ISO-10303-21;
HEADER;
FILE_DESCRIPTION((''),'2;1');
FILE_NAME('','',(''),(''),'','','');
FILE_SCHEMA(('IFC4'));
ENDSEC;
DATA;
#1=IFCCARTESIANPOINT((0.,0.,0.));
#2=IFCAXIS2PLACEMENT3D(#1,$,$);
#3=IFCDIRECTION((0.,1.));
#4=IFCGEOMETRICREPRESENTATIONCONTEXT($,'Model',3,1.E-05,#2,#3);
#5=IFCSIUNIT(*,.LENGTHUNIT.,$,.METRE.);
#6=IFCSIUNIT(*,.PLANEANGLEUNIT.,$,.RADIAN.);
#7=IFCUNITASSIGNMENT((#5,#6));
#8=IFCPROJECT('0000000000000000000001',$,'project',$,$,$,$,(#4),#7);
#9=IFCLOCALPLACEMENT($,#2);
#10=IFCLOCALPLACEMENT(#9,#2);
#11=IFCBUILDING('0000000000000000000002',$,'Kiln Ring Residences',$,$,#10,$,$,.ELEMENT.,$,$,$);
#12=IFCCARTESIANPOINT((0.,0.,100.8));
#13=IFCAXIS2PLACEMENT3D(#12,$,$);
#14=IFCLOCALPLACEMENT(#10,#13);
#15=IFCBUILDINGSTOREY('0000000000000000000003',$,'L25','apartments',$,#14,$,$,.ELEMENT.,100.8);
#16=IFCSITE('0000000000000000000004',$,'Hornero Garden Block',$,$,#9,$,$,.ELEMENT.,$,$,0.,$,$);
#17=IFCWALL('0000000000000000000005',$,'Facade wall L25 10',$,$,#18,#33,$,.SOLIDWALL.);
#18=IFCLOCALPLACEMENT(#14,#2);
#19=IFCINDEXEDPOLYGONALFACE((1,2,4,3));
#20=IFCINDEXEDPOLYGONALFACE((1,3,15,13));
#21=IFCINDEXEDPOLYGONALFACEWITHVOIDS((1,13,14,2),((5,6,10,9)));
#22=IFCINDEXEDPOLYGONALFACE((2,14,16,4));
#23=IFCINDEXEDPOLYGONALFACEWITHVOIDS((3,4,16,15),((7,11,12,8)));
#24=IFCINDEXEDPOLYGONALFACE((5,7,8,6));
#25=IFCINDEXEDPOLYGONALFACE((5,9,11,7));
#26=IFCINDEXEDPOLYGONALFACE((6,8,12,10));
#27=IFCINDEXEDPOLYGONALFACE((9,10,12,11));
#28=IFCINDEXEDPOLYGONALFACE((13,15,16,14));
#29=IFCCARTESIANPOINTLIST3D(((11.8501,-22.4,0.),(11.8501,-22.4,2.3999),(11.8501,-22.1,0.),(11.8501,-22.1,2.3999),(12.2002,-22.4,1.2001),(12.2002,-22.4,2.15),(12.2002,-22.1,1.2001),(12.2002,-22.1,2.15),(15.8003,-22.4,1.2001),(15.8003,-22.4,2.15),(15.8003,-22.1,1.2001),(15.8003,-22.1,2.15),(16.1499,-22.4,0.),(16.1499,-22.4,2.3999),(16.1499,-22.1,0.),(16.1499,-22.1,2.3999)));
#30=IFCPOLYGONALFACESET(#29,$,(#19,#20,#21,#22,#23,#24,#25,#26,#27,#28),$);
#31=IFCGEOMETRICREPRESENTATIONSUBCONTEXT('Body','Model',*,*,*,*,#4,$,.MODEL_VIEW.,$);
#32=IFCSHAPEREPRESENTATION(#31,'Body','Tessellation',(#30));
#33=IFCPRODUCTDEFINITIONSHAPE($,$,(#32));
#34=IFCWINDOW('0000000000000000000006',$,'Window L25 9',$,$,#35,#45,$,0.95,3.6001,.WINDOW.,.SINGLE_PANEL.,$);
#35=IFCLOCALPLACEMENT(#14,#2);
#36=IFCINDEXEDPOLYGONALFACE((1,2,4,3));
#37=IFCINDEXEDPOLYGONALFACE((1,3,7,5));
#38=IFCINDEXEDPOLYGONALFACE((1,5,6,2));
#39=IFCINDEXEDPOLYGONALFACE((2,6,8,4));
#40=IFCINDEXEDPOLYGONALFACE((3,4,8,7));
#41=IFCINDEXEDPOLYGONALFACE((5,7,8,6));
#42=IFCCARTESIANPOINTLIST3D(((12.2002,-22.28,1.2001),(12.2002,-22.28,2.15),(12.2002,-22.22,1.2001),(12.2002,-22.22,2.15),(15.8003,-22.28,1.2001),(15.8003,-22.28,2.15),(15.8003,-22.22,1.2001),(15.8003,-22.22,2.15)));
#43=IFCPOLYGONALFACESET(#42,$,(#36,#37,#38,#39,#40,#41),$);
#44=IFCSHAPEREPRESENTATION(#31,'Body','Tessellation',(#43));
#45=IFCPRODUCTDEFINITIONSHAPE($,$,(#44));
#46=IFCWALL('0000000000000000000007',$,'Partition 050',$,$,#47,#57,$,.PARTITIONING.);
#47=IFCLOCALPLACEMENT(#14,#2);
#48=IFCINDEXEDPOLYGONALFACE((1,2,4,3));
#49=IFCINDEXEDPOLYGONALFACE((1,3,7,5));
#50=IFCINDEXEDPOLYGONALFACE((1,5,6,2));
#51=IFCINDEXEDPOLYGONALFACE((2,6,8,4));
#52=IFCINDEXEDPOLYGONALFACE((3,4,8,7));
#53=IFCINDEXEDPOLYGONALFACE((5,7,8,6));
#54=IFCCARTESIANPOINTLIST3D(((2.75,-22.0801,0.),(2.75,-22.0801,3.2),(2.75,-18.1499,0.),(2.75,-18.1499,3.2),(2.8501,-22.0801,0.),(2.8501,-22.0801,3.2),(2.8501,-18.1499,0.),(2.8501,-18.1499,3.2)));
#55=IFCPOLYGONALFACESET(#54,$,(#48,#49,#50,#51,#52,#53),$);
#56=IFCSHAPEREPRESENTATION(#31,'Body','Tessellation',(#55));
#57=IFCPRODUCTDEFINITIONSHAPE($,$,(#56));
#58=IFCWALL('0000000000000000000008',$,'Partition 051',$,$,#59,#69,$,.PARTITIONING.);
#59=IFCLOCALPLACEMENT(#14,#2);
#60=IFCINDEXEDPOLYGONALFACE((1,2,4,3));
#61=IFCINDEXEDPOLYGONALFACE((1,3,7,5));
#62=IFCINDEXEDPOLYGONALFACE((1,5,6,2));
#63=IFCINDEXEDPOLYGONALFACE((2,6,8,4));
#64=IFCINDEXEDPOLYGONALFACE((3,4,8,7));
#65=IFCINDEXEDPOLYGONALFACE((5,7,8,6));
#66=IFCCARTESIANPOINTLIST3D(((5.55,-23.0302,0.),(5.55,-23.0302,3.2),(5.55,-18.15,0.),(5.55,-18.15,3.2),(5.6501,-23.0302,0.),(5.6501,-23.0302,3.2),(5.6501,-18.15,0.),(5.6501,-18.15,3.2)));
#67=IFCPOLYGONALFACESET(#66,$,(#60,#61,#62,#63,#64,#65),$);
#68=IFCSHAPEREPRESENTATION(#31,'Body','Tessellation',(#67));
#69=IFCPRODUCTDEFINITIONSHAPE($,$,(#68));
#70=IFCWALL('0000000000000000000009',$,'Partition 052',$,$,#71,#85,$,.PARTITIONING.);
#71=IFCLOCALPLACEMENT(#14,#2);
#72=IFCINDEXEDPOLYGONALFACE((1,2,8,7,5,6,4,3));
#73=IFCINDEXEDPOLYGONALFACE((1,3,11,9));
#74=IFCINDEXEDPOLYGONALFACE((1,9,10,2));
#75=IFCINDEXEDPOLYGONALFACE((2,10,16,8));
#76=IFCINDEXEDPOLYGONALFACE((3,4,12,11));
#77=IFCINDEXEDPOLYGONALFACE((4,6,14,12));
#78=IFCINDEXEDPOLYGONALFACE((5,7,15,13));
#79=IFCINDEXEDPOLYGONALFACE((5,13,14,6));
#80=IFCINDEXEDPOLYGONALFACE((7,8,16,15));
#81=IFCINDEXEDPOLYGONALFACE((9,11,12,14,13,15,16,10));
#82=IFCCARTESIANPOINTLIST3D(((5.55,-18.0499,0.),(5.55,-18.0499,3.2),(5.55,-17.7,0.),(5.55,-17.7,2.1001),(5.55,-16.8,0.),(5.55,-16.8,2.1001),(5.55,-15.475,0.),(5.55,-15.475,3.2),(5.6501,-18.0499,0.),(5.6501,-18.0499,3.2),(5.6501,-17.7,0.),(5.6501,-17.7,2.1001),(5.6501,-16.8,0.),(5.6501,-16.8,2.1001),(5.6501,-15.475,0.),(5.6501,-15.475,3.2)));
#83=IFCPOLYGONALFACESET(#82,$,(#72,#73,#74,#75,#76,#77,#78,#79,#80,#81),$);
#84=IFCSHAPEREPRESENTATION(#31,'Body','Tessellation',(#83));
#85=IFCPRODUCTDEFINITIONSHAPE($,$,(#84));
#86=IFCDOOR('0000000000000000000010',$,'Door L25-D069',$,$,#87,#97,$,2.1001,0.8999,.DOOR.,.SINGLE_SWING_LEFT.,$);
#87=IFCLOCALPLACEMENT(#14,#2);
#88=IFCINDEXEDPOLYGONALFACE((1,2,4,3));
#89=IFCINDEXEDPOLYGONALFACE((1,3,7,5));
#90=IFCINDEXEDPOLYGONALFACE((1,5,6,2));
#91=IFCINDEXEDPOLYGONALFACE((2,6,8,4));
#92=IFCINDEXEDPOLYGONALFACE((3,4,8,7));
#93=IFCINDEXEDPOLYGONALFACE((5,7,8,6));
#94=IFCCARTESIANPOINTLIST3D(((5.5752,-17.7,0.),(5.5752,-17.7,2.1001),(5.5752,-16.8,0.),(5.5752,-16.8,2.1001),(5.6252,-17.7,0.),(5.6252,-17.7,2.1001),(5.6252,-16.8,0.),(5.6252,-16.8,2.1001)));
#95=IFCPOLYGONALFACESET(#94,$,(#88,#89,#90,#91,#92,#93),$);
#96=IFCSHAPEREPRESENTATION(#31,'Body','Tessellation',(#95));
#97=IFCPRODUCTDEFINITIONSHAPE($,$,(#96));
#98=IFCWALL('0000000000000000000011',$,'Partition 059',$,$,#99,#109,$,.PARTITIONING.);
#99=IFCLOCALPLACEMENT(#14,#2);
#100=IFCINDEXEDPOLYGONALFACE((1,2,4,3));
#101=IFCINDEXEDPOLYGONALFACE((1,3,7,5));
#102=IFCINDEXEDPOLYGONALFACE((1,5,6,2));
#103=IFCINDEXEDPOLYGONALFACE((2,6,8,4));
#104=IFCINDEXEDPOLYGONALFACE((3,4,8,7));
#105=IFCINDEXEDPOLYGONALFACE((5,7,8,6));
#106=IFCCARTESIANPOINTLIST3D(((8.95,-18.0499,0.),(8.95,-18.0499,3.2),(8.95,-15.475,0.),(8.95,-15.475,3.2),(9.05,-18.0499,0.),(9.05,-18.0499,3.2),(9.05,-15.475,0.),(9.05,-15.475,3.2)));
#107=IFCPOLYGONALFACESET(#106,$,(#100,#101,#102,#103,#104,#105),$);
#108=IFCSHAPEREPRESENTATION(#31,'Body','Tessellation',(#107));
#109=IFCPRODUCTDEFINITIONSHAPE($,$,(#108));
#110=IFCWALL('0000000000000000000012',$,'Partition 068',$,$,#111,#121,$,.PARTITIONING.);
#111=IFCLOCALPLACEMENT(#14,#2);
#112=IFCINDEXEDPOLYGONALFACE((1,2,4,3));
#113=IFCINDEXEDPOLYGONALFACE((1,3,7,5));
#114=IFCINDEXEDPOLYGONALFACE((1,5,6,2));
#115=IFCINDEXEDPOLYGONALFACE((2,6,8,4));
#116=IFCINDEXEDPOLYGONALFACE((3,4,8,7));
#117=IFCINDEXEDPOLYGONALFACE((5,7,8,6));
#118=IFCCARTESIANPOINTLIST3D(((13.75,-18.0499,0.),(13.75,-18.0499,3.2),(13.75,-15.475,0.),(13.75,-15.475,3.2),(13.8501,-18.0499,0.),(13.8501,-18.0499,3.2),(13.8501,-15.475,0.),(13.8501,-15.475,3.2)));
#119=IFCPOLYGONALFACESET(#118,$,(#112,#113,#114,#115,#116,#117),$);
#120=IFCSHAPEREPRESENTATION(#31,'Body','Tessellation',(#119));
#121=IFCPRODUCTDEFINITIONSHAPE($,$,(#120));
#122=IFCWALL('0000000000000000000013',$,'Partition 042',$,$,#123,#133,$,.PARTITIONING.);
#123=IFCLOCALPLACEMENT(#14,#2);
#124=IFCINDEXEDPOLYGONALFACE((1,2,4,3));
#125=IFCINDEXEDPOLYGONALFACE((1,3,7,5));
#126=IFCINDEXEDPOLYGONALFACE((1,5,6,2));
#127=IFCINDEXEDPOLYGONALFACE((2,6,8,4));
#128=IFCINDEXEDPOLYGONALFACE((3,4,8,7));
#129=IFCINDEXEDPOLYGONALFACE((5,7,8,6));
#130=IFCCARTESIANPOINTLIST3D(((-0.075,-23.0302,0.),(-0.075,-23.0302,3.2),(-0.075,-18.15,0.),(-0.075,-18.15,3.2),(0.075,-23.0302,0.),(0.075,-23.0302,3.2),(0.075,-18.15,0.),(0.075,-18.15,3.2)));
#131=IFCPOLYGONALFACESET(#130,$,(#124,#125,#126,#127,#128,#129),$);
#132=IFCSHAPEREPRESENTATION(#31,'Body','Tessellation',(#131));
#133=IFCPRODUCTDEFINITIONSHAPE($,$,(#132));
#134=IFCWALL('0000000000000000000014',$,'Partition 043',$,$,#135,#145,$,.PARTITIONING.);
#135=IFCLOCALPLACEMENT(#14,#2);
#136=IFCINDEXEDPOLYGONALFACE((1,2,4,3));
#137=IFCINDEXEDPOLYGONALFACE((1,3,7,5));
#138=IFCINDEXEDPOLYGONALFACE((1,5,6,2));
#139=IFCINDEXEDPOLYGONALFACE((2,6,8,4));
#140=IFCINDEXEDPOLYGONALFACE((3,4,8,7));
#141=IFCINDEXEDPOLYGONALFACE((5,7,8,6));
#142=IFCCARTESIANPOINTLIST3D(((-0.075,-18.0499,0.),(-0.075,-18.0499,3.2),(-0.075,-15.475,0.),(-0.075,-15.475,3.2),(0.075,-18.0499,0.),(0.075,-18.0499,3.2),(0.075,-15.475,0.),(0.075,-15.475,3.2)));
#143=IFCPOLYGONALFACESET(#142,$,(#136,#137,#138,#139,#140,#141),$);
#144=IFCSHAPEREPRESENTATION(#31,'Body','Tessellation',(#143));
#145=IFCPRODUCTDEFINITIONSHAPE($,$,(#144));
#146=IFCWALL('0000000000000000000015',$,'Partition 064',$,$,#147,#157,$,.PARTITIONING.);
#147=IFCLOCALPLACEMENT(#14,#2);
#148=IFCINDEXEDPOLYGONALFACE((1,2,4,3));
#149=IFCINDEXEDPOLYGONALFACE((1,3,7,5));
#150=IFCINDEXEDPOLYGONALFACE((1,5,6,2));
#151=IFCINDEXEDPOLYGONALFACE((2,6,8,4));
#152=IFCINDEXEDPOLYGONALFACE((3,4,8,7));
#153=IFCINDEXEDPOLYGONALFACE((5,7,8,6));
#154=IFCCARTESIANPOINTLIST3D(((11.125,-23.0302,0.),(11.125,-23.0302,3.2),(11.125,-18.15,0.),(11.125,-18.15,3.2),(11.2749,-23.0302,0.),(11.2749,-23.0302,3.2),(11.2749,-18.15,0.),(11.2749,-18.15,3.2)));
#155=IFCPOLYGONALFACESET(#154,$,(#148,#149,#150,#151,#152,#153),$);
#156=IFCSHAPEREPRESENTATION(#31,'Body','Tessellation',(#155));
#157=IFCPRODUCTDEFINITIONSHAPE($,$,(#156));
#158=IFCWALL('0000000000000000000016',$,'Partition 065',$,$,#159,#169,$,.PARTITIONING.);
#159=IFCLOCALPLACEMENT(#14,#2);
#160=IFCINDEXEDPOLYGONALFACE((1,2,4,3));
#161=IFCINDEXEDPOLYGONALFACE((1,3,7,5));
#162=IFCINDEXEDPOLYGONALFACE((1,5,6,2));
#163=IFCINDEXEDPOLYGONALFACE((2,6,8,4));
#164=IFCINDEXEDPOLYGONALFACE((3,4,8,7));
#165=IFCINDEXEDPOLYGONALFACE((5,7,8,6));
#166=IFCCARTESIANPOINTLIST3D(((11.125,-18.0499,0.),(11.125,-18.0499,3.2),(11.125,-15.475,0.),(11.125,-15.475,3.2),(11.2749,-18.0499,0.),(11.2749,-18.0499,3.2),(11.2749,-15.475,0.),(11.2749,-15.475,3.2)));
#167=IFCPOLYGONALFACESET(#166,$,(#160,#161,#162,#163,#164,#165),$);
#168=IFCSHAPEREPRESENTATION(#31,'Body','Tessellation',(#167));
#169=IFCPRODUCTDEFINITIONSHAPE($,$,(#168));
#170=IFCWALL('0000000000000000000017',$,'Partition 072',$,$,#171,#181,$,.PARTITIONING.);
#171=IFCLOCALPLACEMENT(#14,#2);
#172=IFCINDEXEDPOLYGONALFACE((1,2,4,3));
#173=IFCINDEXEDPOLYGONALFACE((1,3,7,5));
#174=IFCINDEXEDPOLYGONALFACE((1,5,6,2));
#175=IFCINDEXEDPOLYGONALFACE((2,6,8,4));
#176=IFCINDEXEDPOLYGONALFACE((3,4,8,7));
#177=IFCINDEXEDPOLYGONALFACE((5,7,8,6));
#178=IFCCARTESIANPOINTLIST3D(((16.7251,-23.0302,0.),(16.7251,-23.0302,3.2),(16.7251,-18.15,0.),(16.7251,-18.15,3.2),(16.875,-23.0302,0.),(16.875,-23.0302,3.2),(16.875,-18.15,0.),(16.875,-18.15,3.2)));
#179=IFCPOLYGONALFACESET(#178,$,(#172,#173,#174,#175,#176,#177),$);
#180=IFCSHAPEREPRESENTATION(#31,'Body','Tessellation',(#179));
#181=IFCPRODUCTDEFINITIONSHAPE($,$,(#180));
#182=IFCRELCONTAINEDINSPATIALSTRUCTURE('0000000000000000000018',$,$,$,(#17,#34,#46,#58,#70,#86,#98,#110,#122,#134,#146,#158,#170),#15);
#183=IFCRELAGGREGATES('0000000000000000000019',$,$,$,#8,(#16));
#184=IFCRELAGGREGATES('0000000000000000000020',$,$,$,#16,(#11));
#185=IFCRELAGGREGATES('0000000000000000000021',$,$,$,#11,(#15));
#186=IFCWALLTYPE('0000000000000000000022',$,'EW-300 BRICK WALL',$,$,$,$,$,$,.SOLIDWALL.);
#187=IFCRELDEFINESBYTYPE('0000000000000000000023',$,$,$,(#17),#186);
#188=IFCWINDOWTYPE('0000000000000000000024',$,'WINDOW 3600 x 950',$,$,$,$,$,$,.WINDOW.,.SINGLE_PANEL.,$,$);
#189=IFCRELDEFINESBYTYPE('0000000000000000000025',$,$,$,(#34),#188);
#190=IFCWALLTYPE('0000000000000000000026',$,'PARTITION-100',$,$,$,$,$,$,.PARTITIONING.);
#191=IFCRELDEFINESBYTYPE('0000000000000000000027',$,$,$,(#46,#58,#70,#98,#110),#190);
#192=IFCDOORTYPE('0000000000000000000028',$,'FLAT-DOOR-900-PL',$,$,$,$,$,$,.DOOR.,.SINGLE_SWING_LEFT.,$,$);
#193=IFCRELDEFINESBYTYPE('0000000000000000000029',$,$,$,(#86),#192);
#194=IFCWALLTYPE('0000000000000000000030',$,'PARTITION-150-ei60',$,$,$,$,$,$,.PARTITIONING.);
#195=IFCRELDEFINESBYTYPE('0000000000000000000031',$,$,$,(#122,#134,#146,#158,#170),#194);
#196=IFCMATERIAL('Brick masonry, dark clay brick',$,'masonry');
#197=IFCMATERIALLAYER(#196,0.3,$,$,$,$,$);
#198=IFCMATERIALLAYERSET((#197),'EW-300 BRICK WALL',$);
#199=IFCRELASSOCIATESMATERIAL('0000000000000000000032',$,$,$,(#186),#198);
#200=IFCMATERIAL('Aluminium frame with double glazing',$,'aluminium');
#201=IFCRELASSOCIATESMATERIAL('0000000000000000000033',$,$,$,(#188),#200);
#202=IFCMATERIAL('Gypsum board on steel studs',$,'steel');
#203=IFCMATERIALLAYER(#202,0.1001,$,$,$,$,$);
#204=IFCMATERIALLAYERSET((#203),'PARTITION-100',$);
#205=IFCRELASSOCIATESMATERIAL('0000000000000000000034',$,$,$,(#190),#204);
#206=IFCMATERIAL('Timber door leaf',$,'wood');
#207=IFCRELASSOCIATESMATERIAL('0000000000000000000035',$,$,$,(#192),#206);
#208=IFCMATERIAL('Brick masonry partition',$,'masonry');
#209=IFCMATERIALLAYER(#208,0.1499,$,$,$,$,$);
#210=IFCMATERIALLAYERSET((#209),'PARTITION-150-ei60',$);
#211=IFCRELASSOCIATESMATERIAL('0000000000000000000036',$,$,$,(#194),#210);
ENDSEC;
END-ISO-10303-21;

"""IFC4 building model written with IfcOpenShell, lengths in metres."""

from ifc_helpers import new_model, si_unit, direction, frame, frame_2d, origin, place, context, subcontext, project, spatial, rectangle, extrude, material, layer, layer_set, type_object, element, fill, save


model = new_model("IFC4")

# Units and contexts
model_context = context("Model", 3, precision=1e-05, world=origin(), true_north=direction((0.0, 1.0)))
body_context = subcontext(model_context, "Body", "Model", "MODEL_VIEW")
ifc_project = project(units=[si_unit("LENGTHUNIT", "METRE"), si_unit("PLANEANGLEUNIT", "RADIAN")], contexts=[model_context])

# Site, building, storey
site_placement = place(None, origin())
site = spatial("IfcSite", under=ifc_project, at=site_placement, Name="Hornero Garden Block", CompositionType="ELEMENT", RefElevation=0.0)
building_placement = place(site_placement, origin())
building = spatial("IfcBuilding", under=site, at=building_placement, Name="Kiln Ring Residences", CompositionType="ELEMENT")
storey_placement = place(building_placement, frame((0.0, 0.0, 100.8)))
storey = spatial("IfcBuildingStorey", under=building, at=storey_placement, Name="L25", Description="apartments", CompositionType="ELEMENT", Elevation=100.8)

# Shared definitions
ifc_material_1 = material(Name="Brick masonry, dark clay brick", Category="masonry")
ifc_layer_1 = layer(ifc_material_1, 0.3)
ifc_layer_set_1 = layer_set([ifc_layer_1], Name="EW-300 BRICK WALL")
wall_type_1 = type_object("IfcWallType", Name="EW-300 BRICK WALL", PredefinedType="SOLIDWALL", material=ifc_layer_set_1)

# Wall, opening, window
ifc_material_2 = material(Name="Aluminium frame with double glazing", Category="aluminium")
window_type_1 = type_object("IfcWindowType", Name="WINDOW 3600 x 950", PartitioningType="SINGLE_PANEL", PredefinedType="WINDOW", material=ifc_material_2)
wall_1_placement = place(storey_placement, frame((11.8501, -22.25, 0.0), z_axis=(0.0, 0.0, 1.0), x_axis=(1.0, 0.0, 0.0)))
wall_1 = element("IfcWall", 1, at=wall_1_placement, inside=storey, type_object=wall_type_1, Name="Facade wall L25 10", PredefinedType="SOLIDWALL", context=body_context, shape_type="SweptSolid", body=[
    extrude(rectangle(XDim=4.2998, YDim=0.3, at=frame_2d((2.1499, 0.0))), origin(), (0.0, 0.0, 1.0), 2.3999),
])
opening_1_placement = place(wall_1_placement, frame((0.3501, 0.0, 1.2)))
opening_1 = element("IfcOpeningElement", 2, at=opening_1_placement, cuts=wall_1, PredefinedType="OPENING", context=body_context, shape_type="SweptSolid", body=[
    extrude(rectangle(XDim=3.6001, YDim=0.95, at=frame_2d((1.8, 0.4751))), frame((0.0, 0.1599, 0.0), z_axis=(0.0, -1.0, 0.0), x_axis=(1.0, 0.0, 0.0)), (0.0, 0.0, 1.0), 0.3201),
])
window_1_placement = place(opening_1_placement, origin())
window_1 = element("IfcWindow", 3, at=window_1_placement, inside=storey, type_object=window_type_1, Name="Window L25 9", OverallHeight=0.95, OverallWidth=3.6001, PartitioningType="SINGLE_PANEL", PredefinedType="WINDOW", context=body_context, shape_type="SweptSolid", body=[
    extrude(rectangle(XDim=3.6001, YDim=0.95, at=frame_2d((1.8, 0.4751))), frame((0.0, 0.03, 0.0), z_axis=(0.0, -1.0, 0.0), x_axis=(1.0, 0.0, 0.0)), (0.0, 0.0, 1.0), 0.0601),
])
fill(opening_1, window_1)

# Walls
ifc_material_3 = material(Name="Gypsum board on steel studs", Category="steel")
ifc_layer_2 = layer(ifc_material_3, 0.1001)
ifc_layer_set_2 = layer_set([ifc_layer_2], Name="PARTITION-100")
wall_type_2 = type_object("IfcWallType", Name="PARTITION-100", PredefinedType="PARTITIONING", material=ifc_layer_set_2)
wall_2_placement = place(storey_placement, frame((2.8, -22.0801, 0.0), z_axis=(0.0, 0.0, 1.0), x_axis=(0.0, 1.0, 0.0)))
element("IfcWall", 4, at=wall_2_placement, inside=storey, type_object=wall_type_2, Name="Partition 050", PredefinedType="PARTITIONING", context=body_context, shape_type="SweptSolid", body=[
    extrude(rectangle(XDim=3.9302, YDim=0.1001, at=frame_2d((1.9651, 0.0))), origin(), (0.0, 0.0, 1.0), 3.2),
])
wall_3_placement = place(storey_placement, frame((5.6001, -23.03, 0.0), z_axis=(0.0, 0.0, 1.0), x_axis=(0.0, 1.0, 0.0)))
element("IfcWall", 5, at=wall_3_placement, inside=storey, type_object=wall_type_2, Name="Partition 051", PredefinedType="PARTITIONING", context=body_context, shape_type="SweptSolid", body=[
    extrude(rectangle(XDim=4.8801, YDim=0.1001, at=frame_2d((2.4399, 0.0))), origin(), (0.0, 0.0, 1.0), 3.2),
])

# Wall, opening, door
wall_4_placement = place(storey_placement, frame((5.6001, -18.05, 0.0), z_axis=(0.0, 0.0, 1.0), x_axis=(0.0, 1.0, 0.0)))
wall_4 = element("IfcWall", 6, at=wall_4_placement, inside=storey, type_object=wall_type_2, Name="Partition 052", PredefinedType="PARTITIONING", context=body_context, shape_type="SweptSolid", body=[
    extrude(rectangle(XDim=2.575, YDim=0.1001, at=frame_2d((1.2876, 0.0))), origin(), (0.0, 0.0, 1.0), 3.2),
])
opening_2_placement = place(wall_4_placement, frame((0.3501, 0.0, 0.0)))
opening_2 = element("IfcOpeningElement", 7, at=opening_2_placement, cuts=wall_4, PredefinedType="OPENING", context=body_context, shape_type="SweptSolid", body=[
    extrude(rectangle(XDim=0.8999, YDim=2.1001, at=frame_2d((0.45, 1.05))), frame((0.0, 0.0601, 0.0), z_axis=(0.0, -1.0, 0.0), x_axis=(1.0, 0.0, 0.0)), (0.0, 0.0, 1.0), 0.1201),
])
ifc_material_4 = material(Name="Timber door leaf", Category="wood")
door_type = type_object("IfcDoorType", Name="FLAT-DOOR-900-PL", OperationType="SINGLE_SWING_LEFT", PredefinedType="DOOR", material=ifc_material_4)
door_placement = place(opening_2_placement, origin())
door = element("IfcDoor", 8, at=door_placement, inside=storey, type_object=door_type, Name="Door L25-D069", OperationType="SINGLE_SWING_LEFT", OverallHeight=2.1001, OverallWidth=0.8999, PredefinedType="DOOR", context=body_context, shape_type="SweptSolid", body=[
    extrude(rectangle(XDim=0.8999, YDim=2.1001, at=frame_2d((0.45, 1.05))), frame((0.0, 0.0249, 0.0), z_axis=(0.0, -1.0, 0.0), x_axis=(1.0, 0.0, 0.0)), (0.0, 0.0, 1.0), 0.05),
])
fill(opening_2, door)

# Walls
for number, where, z_axis, x_axis, name in (
    (9, (9.0, -18.05, 0.0), (0.0, 0.0, 1.0), (0.0, 1.0, 0.0), "Partition 059"),
    (10, (13.8, -18.05, 0.0), (0.0, 0.0, 1.0), (0.0, 1.0, 0.0), "Partition 068"),
):
    element("IfcWall", number, at=place(storey_placement, frame(where, z_axis=z_axis, x_axis=x_axis)), inside=storey, type_object=wall_type_2, Name=name, PredefinedType="PARTITIONING", context=body_context, shape_type="SweptSolid", body=[
        extrude(rectangle(XDim=2.575, YDim=0.1001, at=frame_2d((1.2876, 0.0))), origin(), (0.0, 0.0, 1.0), 3.2),
    ])
ifc_material_5 = material(Name="Brick masonry partition", Category="masonry")
ifc_layer_3 = layer(ifc_material_5, 0.1499)
ifc_layer_set_3 = layer_set([ifc_layer_3], Name="PARTITION-150-ei60")
wall_type_3 = type_object("IfcWallType", Name="PARTITION-150-ei60", PredefinedType="PARTITIONING", material=ifc_layer_set_3)
wall_5_placement = place(storey_placement, frame((0.0, -23.03, 0.0), z_axis=(0.0, 0.0, 1.0), x_axis=(0.0, 1.0, 0.0)))
element("IfcWall", 11, at=wall_5_placement, inside=storey, type_object=wall_type_3, Name="Partition 042", PredefinedType="PARTITIONING", context=body_context, shape_type="SweptSolid", body=[
    extrude(rectangle(XDim=4.8801, YDim=0.1499, at=frame_2d((2.4399, 0.0))), origin(), (0.0, 0.0, 1.0), 3.2),
])
wall_6_placement = place(storey_placement, frame((0.0, -18.05, 0.0), z_axis=(0.0, 0.0, 1.0), x_axis=(0.0, 1.0, 0.0)))
element("IfcWall", 12, at=wall_6_placement, inside=storey, type_object=wall_type_3, Name="Partition 043", PredefinedType="PARTITIONING", context=body_context, shape_type="SweptSolid", body=[
    extrude(rectangle(XDim=2.575, YDim=0.1499, at=frame_2d((1.2876, 0.0))), origin(), (0.0, 0.0, 1.0), 3.2),
])
wall_7_placement = place(storey_placement, frame((11.2, -23.03, 0.0), z_axis=(0.0, 0.0, 1.0), x_axis=(0.0, 1.0, 0.0)))
element("IfcWall", 13, at=wall_7_placement, inside=storey, type_object=wall_type_3, Name="Partition 064", PredefinedType="PARTITIONING", context=body_context, shape_type="SweptSolid", body=[
    extrude(rectangle(XDim=4.8801, YDim=0.1499, at=frame_2d((2.4399, 0.0))), origin(), (0.0, 0.0, 1.0), 3.2),
])
wall_8_placement = place(storey_placement, frame((11.2, -18.05, 0.0), z_axis=(0.0, 0.0, 1.0), x_axis=(0.0, 1.0, 0.0)))
element("IfcWall", 14, at=wall_8_placement, inside=storey, type_object=wall_type_3, Name="Partition 065", PredefinedType="PARTITIONING", context=body_context, shape_type="SweptSolid", body=[
    extrude(rectangle(XDim=2.575, YDim=0.1499, at=frame_2d((1.2876, 0.0))), origin(), (0.0, 0.0, 1.0), 3.2),
])
wall_9_placement = place(storey_placement, frame((16.8, -23.03, 0.0), z_axis=(0.0, 0.0, 1.0), x_axis=(0.0, 1.0, 0.0)))
element("IfcWall", 15, at=wall_9_placement, inside=storey, type_object=wall_type_3, Name="Partition 072", PredefinedType="PARTITIONING", context=body_context, shape_type="SweptSolid", body=[
    extrude(rectangle(XDim=4.8801, YDim=0.1499, at=frame_2d((2.4399, 0.0))), origin(), (0.0, 0.0, 1.0), 3.2),
])

save(model, "model.ifc")
